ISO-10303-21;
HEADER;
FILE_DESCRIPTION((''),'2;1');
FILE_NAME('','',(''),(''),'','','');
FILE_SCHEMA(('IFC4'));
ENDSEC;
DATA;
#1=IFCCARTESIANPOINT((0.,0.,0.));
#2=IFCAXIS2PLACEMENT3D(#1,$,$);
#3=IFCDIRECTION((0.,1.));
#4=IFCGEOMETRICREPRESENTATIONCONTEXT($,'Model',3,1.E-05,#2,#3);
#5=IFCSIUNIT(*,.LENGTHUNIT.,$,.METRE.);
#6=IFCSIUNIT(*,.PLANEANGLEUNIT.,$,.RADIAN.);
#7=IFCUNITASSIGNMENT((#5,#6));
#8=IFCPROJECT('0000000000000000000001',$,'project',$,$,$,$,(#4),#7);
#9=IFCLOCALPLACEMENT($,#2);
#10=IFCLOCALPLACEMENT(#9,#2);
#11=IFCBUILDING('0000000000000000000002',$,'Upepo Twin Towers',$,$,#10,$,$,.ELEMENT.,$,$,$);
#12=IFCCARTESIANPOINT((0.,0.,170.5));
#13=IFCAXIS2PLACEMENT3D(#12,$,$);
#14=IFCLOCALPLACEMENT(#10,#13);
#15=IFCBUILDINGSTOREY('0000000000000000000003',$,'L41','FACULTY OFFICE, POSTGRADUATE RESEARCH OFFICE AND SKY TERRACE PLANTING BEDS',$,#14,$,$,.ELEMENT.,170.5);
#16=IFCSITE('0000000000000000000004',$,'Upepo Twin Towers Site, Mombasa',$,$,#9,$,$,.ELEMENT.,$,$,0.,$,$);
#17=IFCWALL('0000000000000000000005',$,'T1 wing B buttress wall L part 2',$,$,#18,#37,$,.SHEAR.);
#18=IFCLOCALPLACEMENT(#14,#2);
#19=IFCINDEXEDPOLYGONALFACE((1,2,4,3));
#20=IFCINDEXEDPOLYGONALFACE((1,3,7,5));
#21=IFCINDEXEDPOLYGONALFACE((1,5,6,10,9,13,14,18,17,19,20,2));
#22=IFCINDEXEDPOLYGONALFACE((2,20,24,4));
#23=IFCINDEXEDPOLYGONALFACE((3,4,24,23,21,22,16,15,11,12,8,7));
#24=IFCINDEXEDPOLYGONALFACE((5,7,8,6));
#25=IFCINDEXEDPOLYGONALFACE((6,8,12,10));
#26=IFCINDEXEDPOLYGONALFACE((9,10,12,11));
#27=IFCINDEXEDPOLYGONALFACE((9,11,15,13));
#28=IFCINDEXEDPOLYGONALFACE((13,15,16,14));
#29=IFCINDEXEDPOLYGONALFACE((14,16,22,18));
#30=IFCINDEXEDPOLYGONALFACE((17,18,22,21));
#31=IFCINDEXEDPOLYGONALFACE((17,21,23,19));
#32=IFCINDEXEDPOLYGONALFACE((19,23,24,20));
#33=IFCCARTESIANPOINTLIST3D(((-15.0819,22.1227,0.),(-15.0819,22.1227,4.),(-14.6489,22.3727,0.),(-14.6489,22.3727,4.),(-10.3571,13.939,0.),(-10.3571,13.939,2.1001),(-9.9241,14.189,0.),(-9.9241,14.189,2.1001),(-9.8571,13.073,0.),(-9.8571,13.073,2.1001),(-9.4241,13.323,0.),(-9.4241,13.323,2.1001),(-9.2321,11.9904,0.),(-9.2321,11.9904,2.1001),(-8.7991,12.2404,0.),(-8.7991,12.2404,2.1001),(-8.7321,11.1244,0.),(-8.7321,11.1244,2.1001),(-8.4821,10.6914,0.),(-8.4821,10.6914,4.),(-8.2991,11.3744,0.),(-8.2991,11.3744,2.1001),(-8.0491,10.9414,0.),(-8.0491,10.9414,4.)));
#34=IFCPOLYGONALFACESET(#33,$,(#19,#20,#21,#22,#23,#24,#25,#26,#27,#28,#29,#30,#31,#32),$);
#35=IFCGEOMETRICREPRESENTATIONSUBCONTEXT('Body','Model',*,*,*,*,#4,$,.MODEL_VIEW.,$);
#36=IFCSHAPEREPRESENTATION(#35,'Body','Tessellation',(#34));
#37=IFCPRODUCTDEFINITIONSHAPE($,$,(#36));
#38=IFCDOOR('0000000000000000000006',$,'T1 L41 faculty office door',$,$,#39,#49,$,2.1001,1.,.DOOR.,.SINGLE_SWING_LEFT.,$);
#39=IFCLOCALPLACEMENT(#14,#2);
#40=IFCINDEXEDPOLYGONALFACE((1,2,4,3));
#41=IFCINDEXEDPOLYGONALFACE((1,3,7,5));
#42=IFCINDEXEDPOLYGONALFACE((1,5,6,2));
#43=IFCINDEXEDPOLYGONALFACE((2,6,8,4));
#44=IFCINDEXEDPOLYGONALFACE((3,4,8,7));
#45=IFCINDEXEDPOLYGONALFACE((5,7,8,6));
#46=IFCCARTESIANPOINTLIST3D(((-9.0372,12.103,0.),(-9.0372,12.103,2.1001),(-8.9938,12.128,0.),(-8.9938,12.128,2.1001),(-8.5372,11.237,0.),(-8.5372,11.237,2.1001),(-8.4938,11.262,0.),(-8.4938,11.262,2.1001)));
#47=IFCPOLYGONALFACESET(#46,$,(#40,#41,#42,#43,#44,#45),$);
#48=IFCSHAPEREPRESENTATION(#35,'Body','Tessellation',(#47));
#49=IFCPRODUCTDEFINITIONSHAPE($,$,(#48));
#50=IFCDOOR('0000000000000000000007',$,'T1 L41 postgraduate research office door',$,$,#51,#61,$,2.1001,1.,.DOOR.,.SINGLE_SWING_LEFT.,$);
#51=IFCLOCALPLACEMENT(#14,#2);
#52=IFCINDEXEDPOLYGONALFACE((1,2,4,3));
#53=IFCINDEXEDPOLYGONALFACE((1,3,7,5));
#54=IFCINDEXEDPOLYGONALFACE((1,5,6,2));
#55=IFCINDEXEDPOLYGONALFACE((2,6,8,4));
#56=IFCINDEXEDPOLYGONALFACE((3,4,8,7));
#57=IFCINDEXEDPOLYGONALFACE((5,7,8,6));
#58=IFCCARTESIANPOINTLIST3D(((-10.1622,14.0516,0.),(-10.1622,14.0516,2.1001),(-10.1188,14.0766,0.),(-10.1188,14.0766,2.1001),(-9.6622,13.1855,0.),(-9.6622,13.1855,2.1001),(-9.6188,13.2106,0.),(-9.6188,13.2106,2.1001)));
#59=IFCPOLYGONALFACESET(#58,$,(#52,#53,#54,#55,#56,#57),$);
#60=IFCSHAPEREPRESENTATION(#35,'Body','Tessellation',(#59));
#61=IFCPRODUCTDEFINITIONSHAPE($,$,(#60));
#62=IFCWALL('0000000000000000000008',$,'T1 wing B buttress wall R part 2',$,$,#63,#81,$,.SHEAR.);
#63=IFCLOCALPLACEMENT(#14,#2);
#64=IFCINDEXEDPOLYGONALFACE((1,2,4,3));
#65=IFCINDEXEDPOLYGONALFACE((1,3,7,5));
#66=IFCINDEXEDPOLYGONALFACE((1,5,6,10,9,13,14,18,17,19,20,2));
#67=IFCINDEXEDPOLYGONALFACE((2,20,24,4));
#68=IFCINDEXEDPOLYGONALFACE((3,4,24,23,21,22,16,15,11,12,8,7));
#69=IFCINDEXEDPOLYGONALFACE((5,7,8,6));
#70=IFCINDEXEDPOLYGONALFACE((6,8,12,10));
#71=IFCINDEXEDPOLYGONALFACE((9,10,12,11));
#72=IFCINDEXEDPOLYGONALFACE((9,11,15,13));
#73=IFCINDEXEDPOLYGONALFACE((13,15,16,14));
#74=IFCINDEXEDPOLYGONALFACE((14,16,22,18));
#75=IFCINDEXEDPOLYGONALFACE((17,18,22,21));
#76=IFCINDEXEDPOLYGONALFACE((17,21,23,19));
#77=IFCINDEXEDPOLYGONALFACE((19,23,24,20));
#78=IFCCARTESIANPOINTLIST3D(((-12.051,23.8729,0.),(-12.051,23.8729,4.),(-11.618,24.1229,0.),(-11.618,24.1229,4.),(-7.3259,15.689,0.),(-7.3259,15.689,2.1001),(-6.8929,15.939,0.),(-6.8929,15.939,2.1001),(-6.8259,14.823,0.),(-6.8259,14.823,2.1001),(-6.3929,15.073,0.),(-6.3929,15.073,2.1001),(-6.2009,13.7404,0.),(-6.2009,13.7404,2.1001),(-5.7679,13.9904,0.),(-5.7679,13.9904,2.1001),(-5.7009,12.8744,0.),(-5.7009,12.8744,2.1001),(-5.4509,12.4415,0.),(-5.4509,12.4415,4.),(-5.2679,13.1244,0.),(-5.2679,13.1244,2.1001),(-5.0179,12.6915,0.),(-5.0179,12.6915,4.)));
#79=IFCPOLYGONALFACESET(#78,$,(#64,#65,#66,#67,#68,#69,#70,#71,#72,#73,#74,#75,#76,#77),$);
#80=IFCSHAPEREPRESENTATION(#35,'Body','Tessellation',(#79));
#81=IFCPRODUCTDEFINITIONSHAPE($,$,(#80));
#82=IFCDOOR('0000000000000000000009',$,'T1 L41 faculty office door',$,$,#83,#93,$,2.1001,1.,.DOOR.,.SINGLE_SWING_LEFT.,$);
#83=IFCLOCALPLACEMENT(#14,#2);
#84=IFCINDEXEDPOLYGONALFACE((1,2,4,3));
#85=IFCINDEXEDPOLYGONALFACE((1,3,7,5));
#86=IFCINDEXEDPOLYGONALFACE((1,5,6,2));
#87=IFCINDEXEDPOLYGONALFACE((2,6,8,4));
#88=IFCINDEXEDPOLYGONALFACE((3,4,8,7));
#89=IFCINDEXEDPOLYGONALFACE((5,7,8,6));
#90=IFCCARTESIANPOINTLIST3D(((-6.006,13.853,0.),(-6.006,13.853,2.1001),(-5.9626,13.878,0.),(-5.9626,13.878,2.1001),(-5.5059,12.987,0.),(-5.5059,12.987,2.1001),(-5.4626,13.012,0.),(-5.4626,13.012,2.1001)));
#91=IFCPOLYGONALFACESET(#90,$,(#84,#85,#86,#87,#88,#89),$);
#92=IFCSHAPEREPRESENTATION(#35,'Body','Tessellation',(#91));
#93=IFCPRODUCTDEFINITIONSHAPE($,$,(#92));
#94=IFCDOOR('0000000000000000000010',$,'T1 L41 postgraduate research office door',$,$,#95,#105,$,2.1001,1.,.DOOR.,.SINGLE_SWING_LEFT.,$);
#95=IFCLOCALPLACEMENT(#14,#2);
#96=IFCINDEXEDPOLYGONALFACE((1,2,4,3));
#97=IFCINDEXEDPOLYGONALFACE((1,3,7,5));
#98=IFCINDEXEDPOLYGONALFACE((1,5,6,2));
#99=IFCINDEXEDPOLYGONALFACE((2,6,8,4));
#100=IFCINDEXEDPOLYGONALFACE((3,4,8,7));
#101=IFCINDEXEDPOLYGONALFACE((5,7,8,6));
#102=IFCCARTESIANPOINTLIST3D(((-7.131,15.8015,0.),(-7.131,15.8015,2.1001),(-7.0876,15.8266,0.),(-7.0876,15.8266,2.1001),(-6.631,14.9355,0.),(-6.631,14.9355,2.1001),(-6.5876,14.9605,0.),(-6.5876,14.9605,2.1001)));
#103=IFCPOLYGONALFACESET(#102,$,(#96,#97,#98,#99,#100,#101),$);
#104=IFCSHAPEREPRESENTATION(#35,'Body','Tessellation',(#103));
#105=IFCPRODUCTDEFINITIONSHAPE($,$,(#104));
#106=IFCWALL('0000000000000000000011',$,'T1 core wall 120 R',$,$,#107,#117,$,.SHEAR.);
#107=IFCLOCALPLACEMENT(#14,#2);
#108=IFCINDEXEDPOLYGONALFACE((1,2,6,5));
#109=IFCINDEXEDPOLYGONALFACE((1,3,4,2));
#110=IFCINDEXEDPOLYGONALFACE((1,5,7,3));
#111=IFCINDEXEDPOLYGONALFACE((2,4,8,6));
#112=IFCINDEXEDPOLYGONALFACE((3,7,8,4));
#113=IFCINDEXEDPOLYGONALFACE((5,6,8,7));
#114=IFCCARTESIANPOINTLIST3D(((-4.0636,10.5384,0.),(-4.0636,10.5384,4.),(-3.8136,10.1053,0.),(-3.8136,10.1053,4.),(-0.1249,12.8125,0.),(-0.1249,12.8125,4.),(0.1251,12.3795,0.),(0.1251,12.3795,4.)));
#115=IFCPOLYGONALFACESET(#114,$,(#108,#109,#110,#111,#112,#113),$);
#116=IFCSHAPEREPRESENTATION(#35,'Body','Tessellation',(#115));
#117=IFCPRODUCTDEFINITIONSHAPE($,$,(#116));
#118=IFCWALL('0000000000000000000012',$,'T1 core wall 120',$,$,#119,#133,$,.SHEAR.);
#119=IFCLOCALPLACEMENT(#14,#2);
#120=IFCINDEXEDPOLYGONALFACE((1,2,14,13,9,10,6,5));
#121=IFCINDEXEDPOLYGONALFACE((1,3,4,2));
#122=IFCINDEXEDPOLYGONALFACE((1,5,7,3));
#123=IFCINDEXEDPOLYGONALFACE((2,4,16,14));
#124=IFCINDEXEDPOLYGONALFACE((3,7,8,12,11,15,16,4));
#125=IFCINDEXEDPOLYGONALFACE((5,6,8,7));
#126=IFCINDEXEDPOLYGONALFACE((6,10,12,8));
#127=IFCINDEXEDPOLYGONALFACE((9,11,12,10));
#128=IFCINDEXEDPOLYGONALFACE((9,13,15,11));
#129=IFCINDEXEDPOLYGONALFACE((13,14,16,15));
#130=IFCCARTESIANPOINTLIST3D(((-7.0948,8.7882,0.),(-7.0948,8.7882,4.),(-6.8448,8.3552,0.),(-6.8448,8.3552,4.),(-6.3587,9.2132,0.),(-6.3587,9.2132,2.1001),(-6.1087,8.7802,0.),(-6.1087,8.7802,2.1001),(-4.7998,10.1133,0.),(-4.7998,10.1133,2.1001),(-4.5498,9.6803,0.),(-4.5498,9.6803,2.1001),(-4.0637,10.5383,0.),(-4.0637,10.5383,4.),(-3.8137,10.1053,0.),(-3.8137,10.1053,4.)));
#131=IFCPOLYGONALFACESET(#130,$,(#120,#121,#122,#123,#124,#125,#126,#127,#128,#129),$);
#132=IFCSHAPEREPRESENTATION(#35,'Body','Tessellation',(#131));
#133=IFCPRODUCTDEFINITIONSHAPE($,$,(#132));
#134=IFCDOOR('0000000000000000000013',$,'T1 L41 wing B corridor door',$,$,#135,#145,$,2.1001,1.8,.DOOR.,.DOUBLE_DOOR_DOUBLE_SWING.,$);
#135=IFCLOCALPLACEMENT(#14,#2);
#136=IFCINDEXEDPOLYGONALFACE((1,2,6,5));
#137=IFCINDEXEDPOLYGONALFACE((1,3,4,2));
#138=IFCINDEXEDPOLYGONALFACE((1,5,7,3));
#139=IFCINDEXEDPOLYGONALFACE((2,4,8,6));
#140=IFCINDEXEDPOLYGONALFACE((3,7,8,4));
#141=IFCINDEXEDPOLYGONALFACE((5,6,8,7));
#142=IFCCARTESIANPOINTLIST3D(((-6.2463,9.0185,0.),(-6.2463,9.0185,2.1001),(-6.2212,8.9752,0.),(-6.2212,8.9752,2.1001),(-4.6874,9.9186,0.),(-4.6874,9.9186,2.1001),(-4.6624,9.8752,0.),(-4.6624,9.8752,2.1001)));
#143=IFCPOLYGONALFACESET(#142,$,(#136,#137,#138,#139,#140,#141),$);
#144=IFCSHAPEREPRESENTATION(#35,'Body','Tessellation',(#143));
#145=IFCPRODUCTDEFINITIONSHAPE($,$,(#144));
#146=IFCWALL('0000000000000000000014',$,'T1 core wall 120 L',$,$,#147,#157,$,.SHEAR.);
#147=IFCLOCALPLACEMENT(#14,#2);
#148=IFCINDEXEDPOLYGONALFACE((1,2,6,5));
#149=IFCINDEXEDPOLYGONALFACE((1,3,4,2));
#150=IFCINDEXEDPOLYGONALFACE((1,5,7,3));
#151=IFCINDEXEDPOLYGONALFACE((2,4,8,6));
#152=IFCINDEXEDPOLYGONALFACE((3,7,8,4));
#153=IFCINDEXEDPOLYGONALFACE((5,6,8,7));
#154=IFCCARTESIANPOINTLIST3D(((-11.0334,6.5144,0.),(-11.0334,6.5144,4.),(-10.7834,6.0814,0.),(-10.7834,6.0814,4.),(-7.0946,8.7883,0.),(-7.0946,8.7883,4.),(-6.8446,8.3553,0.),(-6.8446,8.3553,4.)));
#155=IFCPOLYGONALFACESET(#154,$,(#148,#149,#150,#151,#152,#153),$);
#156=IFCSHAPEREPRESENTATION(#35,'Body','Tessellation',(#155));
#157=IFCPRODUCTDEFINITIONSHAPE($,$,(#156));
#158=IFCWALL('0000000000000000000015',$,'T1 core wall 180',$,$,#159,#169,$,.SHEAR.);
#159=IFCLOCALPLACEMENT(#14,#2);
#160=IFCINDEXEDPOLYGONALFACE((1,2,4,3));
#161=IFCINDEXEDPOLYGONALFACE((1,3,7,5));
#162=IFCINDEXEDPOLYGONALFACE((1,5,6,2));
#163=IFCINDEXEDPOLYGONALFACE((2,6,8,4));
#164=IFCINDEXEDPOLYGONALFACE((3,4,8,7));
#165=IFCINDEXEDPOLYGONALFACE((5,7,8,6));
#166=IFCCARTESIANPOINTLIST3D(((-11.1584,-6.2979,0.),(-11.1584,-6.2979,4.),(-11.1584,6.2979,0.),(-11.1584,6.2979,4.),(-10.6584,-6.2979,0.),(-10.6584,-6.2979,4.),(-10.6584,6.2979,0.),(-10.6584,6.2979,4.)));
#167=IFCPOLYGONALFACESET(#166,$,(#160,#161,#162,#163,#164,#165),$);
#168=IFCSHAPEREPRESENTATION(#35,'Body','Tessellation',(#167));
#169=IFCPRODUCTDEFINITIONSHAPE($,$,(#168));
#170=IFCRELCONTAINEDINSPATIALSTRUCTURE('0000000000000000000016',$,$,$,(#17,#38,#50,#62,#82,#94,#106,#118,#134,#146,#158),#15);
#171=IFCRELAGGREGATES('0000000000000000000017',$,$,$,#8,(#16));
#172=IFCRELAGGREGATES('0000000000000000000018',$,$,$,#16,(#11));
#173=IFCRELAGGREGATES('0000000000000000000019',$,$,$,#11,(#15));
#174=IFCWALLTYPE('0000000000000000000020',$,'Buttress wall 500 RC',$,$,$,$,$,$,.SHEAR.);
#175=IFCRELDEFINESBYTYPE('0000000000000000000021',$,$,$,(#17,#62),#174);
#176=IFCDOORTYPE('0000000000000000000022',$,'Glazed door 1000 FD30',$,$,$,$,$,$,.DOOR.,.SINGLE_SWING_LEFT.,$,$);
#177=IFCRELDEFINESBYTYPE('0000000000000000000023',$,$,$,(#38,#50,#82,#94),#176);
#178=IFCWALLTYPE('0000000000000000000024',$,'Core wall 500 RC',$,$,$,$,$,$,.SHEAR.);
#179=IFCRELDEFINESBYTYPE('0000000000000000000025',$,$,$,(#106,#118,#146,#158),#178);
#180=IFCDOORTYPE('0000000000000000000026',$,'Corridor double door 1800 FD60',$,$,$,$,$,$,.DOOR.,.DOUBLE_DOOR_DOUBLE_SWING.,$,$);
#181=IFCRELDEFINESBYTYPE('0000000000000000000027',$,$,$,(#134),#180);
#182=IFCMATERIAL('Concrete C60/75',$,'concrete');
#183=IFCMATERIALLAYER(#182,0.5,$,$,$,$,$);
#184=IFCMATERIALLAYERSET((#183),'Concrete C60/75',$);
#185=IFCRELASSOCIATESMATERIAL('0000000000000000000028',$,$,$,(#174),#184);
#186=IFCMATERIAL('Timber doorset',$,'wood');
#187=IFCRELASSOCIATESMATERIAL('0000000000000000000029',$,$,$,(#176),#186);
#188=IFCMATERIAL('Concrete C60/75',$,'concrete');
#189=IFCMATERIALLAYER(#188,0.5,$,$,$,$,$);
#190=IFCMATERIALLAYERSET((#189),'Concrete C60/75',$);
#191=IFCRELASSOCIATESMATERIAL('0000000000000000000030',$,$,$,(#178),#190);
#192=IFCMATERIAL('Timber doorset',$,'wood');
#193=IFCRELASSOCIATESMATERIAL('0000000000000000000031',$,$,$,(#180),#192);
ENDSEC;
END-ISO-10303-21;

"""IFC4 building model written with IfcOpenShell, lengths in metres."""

from ifc_helpers import new_model, si_unit, direction, frame, frame_2d, origin, place, context, subcontext, project, spatial, rectangle, extrude, material, layer, layer_set, type_object, element, fill, save


model = new_model("IFC4")

# Units and contexts
model_context = context("Model", 3, precision=1e-05, world=origin(), true_north=direction((0.0, 1.0)))
body_context = subcontext(model_context, "Body", "Model", "MODEL_VIEW")
ifc_project = project(units=[si_unit("LENGTHUNIT", "METRE"), si_unit("PLANEANGLEUNIT", "RADIAN")], contexts=[model_context])

# Site, building, storey
site_placement = place(None, origin())
site = spatial("IfcSite", under=ifc_project, at=site_placement, Name="Upepo Twin Towers Site, Mombasa", CompositionType="ELEMENT", RefElevation=0.0)
building_placement = place(site_placement, origin())
building = spatial("IfcBuilding", under=site, at=building_placement, Name="Upepo Twin Towers", CompositionType="ELEMENT")
storey_placement = place(building_placement, frame((0.0, 0.0, 170.5)))
storey = spatial("IfcBuildingStorey", under=building, at=storey_placement, Name="L41", Description="FACULTY OFFICE, POSTGRADUATE RESEARCH OFFICE AND SKY TERRACE PLANTING BEDS", CompositionType="ELEMENT", Elevation=170.5)

# Walls, openings, doors
ifc_material_1 = material(Name="Concrete C60/75", Category="concrete")
ifc_layer_1 = layer(ifc_material_1, 0.5)
ifc_layer_set_1 = layer_set([ifc_layer_1], Name="Concrete C60/75")
wall_type_1 = type_object("IfcWallType", Name="Buttress wall 500 RC", PredefinedType="SHEAR", material=ifc_layer_set_1)
wall_1_placement = place(storey_placement, frame((-8.2656, 10.8164, 0.0), z_axis=(0.0, 0.0, 1.0), x_axis=(-0.499996, 0.866028, 0.0)))
wall_1 = element("IfcWall", 1, at=wall_1_placement, inside=storey, type_object=wall_type_1, Name="T1 wing B buttress wall L part 2", PredefinedType="SHEAR", context=body_context, shape_type="SweptSolid", body=[
    extrude(rectangle(XDim=13.1997, YDim=0.5, at=frame_2d((6.5999, 0.0))), origin(), (0.0, 0.0, 1.0), 4.0),
])
opening_1_placement = place(wall_1_placement, frame((0.5, 0.0, 0.0)))
opening_1 = element("IfcOpeningElement", 2, at=opening_1_placement, cuts=wall_1, PredefinedType="OPENING", context=body_context, shape_type="SweptSolid", body=[
    extrude(rectangle(XDim=1.0, YDim=2.1001, at=frame_2d((0.5, 1.05))), frame((0.0, 0.26, 0.0), z_axis=(0.0, -1.0, 0.0), x_axis=(1.0, 0.0, 0.0)), (0.0, 0.0, 1.0), 0.52),
])
opening_2_placement = place(wall_1_placement, frame((2.75, 0.0, 0.0)))
opening_2 = element("IfcOpeningElement", 3, at=opening_2_placement, cuts=wall_1, PredefinedType="OPENING", context=body_context, shape_type="SweptSolid", body=[
    extrude(rectangle(XDim=1.0, YDim=2.1001, at=frame_2d((0.5, 1.05))), frame((0.0, 0.26, 0.0), z_axis=(0.0, -1.0, 0.0), x_axis=(1.0, 0.0, 0.0)), (0.0, 0.0, 1.0), 0.52),
])
ifc_material_2 = material(Name="Timber doorset", Category="wood")
door_type_1 = type_object("IfcDoorType", Name="Glazed door 1000 FD30", OperationType="SINGLE_SWING_LEFT", PredefinedType="DOOR", material=ifc_material_2)
door_1_placement = place(opening_1_placement, origin())
door_1 = element("IfcDoor", 4, at=door_1_placement, inside=storey, type_object=door_type_1, Name="T1 L41 faculty office door", OperationType="SINGLE_SWING_LEFT", OverallHeight=2.1001, OverallWidth=1.0, PredefinedType="DOOR", context=body_context, shape_type="SweptSolid", body=[
    extrude(rectangle(XDim=1.0, YDim=2.1001, at=frame_2d((0.5, 1.05))), frame((0.0, 0.0249, 0.0), z_axis=(0.0, -1.0, 0.0), x_axis=(1.0, 0.0, 0.0)), (0.0, 0.0, 1.0), 0.05),
])
fill(opening_1, door_1)
door_2_placement = place(opening_2_placement, origin())
door_2 = element("IfcDoor", 5, at=door_2_placement, inside=storey, type_object=door_type_1, Name="T1 L41 postgraduate research office door", OperationType="SINGLE_SWING_LEFT", OverallHeight=2.1001, OverallWidth=1.0, PredefinedType="DOOR", context=body_context, shape_type="SweptSolid", body=[
    extrude(rectangle(XDim=1.0, YDim=2.1001, at=frame_2d((0.5, 1.05))), frame((0.0, 0.0249, 0.0), z_axis=(0.0, -1.0, 0.0), x_axis=(1.0, 0.0, 0.0)), (0.0, 0.0, 1.0), 0.05),
])
fill(opening_2, door_2)
wall_2_placement = place(storey_placement, frame((-5.2344, 12.5664, 0.0), z_axis=(0.0, 0.0, 1.0), x_axis=(-0.50001, 0.86602, 0.0)))
wall_2 = element("IfcWall", 6, at=wall_2_placement, inside=storey, type_object=wall_type_1, Name="T1 wing B buttress wall R part 2", PredefinedType="SHEAR", context=body_context, shape_type="SweptSolid", body=[
    extrude(rectangle(XDim=13.2, YDim=0.5, at=frame_2d((6.6001, 0.0))), origin(), (0.0, 0.0, 1.0), 4.0),
])
opening_3_placement = place(wall_2_placement, frame((0.5, 0.0, 0.0)))
opening_3 = element("IfcOpeningElement", 7, at=opening_3_placement, cuts=wall_2, PredefinedType="OPENING", context=body_context, shape_type="SweptSolid", body=[
    extrude(rectangle(XDim=1.0, YDim=2.1001, at=frame_2d((0.5, 1.05))), frame((0.0, 0.26, 0.0), z_axis=(0.0, -1.0, 0.0), x_axis=(1.0, 0.0, 0.0)), (0.0, 0.0, 1.0), 0.52),
])
opening_4_placement = place(wall_2_placement, frame((2.75, 0.0, 0.0)))
opening_4 = element("IfcOpeningElement", 8, at=opening_4_placement, cuts=wall_2, PredefinedType="OPENING", context=body_context, shape_type="SweptSolid", body=[
    extrude(rectangle(XDim=1.0, YDim=2.1001, at=frame_2d((0.5, 1.05))), frame((0.0, 0.26, 0.0), z_axis=(0.0, -1.0, 0.0), x_axis=(1.0, 0.0, 0.0)), (0.0, 0.0, 1.0), 0.52),
])
door_3_placement = place(opening_3_placement, origin())
door_3 = element("IfcDoor", 9, at=door_3_placement, inside=storey, type_object=door_type_1, Name="T1 L41 faculty office door", OperationType="SINGLE_SWING_LEFT", OverallHeight=2.1001, OverallWidth=1.0, PredefinedType="DOOR", context=body_context, shape_type="SweptSolid", body=[
    extrude(rectangle(XDim=1.0, YDim=2.1001, at=frame_2d((0.5, 1.05))), frame((0.0, 0.0249, 0.0), z_axis=(0.0, -1.0, 0.0), x_axis=(1.0, 0.0, 0.0)), (0.0, 0.0, 1.0), 0.05),
])
fill(opening_3, door_3)
door_4_placement = place(opening_4_placement, origin())
door_4 = element("IfcDoor", 10, at=door_4_placement, inside=storey, type_object=door_type_1, Name="T1 L41 postgraduate research office door", OperationType="SINGLE_SWING_LEFT", OverallHeight=2.1001, OverallWidth=1.0, PredefinedType="DOOR", context=body_context, shape_type="SweptSolid", body=[
    extrude(rectangle(XDim=1.0, YDim=2.1001, at=frame_2d((0.5, 1.05))), frame((0.0, 0.0249, 0.0), z_axis=(0.0, -1.0, 0.0), x_axis=(1.0, 0.0, 0.0)), (0.0, 0.0, 1.0), 0.05),
])
fill(opening_4, door_4)

# Wall
ifc_material_3 = material(Name="Concrete C60/75", Category="concrete")
ifc_layer_2 = layer(ifc_material_3, 0.5)
ifc_layer_set_2 = layer_set([ifc_layer_2], Name="Concrete C60/75")
wall_type_2 = type_object("IfcWallType", Name="Core wall 500 RC", PredefinedType="SHEAR", material=ifc_layer_set_2)
wall_3_placement = place(storey_placement, frame((0.0, 12.5959, 0.0), z_axis=(0.0, 0.0, 1.0), x_axis=(-0.866011, -0.500024, 0.0)))
element("IfcWall", 11, at=wall_3_placement, inside=storey, type_object=wall_type_2, Name="T1 core wall 120 R", PredefinedType="SHEAR", context=body_context, shape_type="SweptSolid", body=[
    extrude(rectangle(XDim=4.5481, YDim=0.5, at=frame_2d((2.2739, 0.0))), origin(), (0.0, 0.0, 1.0), 4.0),
])

# Wall, opening, door
wall_4_placement = place(storey_placement, frame((-3.9387, 10.3218, 0.0), z_axis=(0.0, 0.0, 1.0), x_axis=(-0.866019, -0.50001, 0.0)))
wall_4 = element("IfcWall", 12, at=wall_4_placement, inside=storey, type_object=wall_type_2, Name="T1 core wall 120", PredefinedType="SHEAR", context=body_context, shape_type="SweptSolid", body=[
    extrude(rectangle(XDim=3.5, YDim=0.5, at=frame_2d((1.75, 0.0))), origin(), (0.0, 0.0, 1.0), 4.0),
])
opening_5_placement = place(wall_4_placement, frame((0.8501, 0.0, 0.0)))
opening_5 = element("IfcOpeningElement", 13, at=opening_5_placement, cuts=wall_4, PredefinedType="OPENING", context=body_context, shape_type="SweptSolid", body=[
    extrude(rectangle(XDim=1.8, YDim=2.1001, at=frame_2d((0.8999, 1.05))), frame((0.0, 0.26, 0.0), z_axis=(0.0, -1.0, 0.0), x_axis=(1.0, 0.0, 0.0)), (0.0, 0.0, 1.0), 0.52),
])
ifc_material_4 = material(Name="Timber doorset", Category="wood")
door_type_2 = type_object("IfcDoorType", Name="Corridor double door 1800 FD60", OperationType="DOUBLE_DOOR_DOUBLE_SWING", PredefinedType="DOOR", material=ifc_material_4)
door_5_placement = place(opening_5_placement, origin())
door_5 = element("IfcDoor", 14, at=door_5_placement, inside=storey, type_object=door_type_2, Name="T1 L41 wing B corridor door", OperationType="DOUBLE_DOOR_DOUBLE_SWING", OverallHeight=2.1001, OverallWidth=1.8, PredefinedType="DOOR", context=body_context, shape_type="SweptSolid", body=[
    extrude(rectangle(XDim=1.8, YDim=2.1001, at=frame_2d((0.8999, 1.05))), frame((0.0, 0.0249, 0.0), z_axis=(0.0, -1.0, 0.0), x_axis=(1.0, 0.0, 0.0)), (0.0, 0.0, 1.0), 0.05),
])
fill(opening_5, door_5)

# Walls
wall_5_placement = place(storey_placement, frame((-6.9697, 8.5718, 0.0), z_axis=(0.0, 0.0, 1.0), x_axis=(-0.866035, -0.499984, 0.0)))
element("IfcWall", 15, at=wall_5_placement, inside=storey, type_object=wall_type_2, Name="T1 core wall 120 L", PredefinedType="SHEAR", context=body_context, shape_type="SweptSolid", body=[
    extrude(rectangle(XDim=4.5481, YDim=0.5, at=frame_2d((2.2739, 0.0))), origin(), (0.0, 0.0, 1.0), 4.0),
])
wall_6_placement = place(storey_placement, frame((-10.9084, 6.2979, 0.0), z_axis=(0.0, 0.0, 1.0), x_axis=(0.0, -1.0, 0.0)))
element("IfcWall", 16, at=wall_6_placement, inside=storey, type_object=wall_type_2, Name="T1 core wall 180", PredefinedType="SHEAR", context=body_context, shape_type="SweptSolid", body=[
    extrude(rectangle(XDim=12.5957, YDim=0.5, at=frame_2d((6.2979, 0.0))), origin(), (0.0, 0.0, 1.0), 4.0),
])

save(model, "model.ifc")
